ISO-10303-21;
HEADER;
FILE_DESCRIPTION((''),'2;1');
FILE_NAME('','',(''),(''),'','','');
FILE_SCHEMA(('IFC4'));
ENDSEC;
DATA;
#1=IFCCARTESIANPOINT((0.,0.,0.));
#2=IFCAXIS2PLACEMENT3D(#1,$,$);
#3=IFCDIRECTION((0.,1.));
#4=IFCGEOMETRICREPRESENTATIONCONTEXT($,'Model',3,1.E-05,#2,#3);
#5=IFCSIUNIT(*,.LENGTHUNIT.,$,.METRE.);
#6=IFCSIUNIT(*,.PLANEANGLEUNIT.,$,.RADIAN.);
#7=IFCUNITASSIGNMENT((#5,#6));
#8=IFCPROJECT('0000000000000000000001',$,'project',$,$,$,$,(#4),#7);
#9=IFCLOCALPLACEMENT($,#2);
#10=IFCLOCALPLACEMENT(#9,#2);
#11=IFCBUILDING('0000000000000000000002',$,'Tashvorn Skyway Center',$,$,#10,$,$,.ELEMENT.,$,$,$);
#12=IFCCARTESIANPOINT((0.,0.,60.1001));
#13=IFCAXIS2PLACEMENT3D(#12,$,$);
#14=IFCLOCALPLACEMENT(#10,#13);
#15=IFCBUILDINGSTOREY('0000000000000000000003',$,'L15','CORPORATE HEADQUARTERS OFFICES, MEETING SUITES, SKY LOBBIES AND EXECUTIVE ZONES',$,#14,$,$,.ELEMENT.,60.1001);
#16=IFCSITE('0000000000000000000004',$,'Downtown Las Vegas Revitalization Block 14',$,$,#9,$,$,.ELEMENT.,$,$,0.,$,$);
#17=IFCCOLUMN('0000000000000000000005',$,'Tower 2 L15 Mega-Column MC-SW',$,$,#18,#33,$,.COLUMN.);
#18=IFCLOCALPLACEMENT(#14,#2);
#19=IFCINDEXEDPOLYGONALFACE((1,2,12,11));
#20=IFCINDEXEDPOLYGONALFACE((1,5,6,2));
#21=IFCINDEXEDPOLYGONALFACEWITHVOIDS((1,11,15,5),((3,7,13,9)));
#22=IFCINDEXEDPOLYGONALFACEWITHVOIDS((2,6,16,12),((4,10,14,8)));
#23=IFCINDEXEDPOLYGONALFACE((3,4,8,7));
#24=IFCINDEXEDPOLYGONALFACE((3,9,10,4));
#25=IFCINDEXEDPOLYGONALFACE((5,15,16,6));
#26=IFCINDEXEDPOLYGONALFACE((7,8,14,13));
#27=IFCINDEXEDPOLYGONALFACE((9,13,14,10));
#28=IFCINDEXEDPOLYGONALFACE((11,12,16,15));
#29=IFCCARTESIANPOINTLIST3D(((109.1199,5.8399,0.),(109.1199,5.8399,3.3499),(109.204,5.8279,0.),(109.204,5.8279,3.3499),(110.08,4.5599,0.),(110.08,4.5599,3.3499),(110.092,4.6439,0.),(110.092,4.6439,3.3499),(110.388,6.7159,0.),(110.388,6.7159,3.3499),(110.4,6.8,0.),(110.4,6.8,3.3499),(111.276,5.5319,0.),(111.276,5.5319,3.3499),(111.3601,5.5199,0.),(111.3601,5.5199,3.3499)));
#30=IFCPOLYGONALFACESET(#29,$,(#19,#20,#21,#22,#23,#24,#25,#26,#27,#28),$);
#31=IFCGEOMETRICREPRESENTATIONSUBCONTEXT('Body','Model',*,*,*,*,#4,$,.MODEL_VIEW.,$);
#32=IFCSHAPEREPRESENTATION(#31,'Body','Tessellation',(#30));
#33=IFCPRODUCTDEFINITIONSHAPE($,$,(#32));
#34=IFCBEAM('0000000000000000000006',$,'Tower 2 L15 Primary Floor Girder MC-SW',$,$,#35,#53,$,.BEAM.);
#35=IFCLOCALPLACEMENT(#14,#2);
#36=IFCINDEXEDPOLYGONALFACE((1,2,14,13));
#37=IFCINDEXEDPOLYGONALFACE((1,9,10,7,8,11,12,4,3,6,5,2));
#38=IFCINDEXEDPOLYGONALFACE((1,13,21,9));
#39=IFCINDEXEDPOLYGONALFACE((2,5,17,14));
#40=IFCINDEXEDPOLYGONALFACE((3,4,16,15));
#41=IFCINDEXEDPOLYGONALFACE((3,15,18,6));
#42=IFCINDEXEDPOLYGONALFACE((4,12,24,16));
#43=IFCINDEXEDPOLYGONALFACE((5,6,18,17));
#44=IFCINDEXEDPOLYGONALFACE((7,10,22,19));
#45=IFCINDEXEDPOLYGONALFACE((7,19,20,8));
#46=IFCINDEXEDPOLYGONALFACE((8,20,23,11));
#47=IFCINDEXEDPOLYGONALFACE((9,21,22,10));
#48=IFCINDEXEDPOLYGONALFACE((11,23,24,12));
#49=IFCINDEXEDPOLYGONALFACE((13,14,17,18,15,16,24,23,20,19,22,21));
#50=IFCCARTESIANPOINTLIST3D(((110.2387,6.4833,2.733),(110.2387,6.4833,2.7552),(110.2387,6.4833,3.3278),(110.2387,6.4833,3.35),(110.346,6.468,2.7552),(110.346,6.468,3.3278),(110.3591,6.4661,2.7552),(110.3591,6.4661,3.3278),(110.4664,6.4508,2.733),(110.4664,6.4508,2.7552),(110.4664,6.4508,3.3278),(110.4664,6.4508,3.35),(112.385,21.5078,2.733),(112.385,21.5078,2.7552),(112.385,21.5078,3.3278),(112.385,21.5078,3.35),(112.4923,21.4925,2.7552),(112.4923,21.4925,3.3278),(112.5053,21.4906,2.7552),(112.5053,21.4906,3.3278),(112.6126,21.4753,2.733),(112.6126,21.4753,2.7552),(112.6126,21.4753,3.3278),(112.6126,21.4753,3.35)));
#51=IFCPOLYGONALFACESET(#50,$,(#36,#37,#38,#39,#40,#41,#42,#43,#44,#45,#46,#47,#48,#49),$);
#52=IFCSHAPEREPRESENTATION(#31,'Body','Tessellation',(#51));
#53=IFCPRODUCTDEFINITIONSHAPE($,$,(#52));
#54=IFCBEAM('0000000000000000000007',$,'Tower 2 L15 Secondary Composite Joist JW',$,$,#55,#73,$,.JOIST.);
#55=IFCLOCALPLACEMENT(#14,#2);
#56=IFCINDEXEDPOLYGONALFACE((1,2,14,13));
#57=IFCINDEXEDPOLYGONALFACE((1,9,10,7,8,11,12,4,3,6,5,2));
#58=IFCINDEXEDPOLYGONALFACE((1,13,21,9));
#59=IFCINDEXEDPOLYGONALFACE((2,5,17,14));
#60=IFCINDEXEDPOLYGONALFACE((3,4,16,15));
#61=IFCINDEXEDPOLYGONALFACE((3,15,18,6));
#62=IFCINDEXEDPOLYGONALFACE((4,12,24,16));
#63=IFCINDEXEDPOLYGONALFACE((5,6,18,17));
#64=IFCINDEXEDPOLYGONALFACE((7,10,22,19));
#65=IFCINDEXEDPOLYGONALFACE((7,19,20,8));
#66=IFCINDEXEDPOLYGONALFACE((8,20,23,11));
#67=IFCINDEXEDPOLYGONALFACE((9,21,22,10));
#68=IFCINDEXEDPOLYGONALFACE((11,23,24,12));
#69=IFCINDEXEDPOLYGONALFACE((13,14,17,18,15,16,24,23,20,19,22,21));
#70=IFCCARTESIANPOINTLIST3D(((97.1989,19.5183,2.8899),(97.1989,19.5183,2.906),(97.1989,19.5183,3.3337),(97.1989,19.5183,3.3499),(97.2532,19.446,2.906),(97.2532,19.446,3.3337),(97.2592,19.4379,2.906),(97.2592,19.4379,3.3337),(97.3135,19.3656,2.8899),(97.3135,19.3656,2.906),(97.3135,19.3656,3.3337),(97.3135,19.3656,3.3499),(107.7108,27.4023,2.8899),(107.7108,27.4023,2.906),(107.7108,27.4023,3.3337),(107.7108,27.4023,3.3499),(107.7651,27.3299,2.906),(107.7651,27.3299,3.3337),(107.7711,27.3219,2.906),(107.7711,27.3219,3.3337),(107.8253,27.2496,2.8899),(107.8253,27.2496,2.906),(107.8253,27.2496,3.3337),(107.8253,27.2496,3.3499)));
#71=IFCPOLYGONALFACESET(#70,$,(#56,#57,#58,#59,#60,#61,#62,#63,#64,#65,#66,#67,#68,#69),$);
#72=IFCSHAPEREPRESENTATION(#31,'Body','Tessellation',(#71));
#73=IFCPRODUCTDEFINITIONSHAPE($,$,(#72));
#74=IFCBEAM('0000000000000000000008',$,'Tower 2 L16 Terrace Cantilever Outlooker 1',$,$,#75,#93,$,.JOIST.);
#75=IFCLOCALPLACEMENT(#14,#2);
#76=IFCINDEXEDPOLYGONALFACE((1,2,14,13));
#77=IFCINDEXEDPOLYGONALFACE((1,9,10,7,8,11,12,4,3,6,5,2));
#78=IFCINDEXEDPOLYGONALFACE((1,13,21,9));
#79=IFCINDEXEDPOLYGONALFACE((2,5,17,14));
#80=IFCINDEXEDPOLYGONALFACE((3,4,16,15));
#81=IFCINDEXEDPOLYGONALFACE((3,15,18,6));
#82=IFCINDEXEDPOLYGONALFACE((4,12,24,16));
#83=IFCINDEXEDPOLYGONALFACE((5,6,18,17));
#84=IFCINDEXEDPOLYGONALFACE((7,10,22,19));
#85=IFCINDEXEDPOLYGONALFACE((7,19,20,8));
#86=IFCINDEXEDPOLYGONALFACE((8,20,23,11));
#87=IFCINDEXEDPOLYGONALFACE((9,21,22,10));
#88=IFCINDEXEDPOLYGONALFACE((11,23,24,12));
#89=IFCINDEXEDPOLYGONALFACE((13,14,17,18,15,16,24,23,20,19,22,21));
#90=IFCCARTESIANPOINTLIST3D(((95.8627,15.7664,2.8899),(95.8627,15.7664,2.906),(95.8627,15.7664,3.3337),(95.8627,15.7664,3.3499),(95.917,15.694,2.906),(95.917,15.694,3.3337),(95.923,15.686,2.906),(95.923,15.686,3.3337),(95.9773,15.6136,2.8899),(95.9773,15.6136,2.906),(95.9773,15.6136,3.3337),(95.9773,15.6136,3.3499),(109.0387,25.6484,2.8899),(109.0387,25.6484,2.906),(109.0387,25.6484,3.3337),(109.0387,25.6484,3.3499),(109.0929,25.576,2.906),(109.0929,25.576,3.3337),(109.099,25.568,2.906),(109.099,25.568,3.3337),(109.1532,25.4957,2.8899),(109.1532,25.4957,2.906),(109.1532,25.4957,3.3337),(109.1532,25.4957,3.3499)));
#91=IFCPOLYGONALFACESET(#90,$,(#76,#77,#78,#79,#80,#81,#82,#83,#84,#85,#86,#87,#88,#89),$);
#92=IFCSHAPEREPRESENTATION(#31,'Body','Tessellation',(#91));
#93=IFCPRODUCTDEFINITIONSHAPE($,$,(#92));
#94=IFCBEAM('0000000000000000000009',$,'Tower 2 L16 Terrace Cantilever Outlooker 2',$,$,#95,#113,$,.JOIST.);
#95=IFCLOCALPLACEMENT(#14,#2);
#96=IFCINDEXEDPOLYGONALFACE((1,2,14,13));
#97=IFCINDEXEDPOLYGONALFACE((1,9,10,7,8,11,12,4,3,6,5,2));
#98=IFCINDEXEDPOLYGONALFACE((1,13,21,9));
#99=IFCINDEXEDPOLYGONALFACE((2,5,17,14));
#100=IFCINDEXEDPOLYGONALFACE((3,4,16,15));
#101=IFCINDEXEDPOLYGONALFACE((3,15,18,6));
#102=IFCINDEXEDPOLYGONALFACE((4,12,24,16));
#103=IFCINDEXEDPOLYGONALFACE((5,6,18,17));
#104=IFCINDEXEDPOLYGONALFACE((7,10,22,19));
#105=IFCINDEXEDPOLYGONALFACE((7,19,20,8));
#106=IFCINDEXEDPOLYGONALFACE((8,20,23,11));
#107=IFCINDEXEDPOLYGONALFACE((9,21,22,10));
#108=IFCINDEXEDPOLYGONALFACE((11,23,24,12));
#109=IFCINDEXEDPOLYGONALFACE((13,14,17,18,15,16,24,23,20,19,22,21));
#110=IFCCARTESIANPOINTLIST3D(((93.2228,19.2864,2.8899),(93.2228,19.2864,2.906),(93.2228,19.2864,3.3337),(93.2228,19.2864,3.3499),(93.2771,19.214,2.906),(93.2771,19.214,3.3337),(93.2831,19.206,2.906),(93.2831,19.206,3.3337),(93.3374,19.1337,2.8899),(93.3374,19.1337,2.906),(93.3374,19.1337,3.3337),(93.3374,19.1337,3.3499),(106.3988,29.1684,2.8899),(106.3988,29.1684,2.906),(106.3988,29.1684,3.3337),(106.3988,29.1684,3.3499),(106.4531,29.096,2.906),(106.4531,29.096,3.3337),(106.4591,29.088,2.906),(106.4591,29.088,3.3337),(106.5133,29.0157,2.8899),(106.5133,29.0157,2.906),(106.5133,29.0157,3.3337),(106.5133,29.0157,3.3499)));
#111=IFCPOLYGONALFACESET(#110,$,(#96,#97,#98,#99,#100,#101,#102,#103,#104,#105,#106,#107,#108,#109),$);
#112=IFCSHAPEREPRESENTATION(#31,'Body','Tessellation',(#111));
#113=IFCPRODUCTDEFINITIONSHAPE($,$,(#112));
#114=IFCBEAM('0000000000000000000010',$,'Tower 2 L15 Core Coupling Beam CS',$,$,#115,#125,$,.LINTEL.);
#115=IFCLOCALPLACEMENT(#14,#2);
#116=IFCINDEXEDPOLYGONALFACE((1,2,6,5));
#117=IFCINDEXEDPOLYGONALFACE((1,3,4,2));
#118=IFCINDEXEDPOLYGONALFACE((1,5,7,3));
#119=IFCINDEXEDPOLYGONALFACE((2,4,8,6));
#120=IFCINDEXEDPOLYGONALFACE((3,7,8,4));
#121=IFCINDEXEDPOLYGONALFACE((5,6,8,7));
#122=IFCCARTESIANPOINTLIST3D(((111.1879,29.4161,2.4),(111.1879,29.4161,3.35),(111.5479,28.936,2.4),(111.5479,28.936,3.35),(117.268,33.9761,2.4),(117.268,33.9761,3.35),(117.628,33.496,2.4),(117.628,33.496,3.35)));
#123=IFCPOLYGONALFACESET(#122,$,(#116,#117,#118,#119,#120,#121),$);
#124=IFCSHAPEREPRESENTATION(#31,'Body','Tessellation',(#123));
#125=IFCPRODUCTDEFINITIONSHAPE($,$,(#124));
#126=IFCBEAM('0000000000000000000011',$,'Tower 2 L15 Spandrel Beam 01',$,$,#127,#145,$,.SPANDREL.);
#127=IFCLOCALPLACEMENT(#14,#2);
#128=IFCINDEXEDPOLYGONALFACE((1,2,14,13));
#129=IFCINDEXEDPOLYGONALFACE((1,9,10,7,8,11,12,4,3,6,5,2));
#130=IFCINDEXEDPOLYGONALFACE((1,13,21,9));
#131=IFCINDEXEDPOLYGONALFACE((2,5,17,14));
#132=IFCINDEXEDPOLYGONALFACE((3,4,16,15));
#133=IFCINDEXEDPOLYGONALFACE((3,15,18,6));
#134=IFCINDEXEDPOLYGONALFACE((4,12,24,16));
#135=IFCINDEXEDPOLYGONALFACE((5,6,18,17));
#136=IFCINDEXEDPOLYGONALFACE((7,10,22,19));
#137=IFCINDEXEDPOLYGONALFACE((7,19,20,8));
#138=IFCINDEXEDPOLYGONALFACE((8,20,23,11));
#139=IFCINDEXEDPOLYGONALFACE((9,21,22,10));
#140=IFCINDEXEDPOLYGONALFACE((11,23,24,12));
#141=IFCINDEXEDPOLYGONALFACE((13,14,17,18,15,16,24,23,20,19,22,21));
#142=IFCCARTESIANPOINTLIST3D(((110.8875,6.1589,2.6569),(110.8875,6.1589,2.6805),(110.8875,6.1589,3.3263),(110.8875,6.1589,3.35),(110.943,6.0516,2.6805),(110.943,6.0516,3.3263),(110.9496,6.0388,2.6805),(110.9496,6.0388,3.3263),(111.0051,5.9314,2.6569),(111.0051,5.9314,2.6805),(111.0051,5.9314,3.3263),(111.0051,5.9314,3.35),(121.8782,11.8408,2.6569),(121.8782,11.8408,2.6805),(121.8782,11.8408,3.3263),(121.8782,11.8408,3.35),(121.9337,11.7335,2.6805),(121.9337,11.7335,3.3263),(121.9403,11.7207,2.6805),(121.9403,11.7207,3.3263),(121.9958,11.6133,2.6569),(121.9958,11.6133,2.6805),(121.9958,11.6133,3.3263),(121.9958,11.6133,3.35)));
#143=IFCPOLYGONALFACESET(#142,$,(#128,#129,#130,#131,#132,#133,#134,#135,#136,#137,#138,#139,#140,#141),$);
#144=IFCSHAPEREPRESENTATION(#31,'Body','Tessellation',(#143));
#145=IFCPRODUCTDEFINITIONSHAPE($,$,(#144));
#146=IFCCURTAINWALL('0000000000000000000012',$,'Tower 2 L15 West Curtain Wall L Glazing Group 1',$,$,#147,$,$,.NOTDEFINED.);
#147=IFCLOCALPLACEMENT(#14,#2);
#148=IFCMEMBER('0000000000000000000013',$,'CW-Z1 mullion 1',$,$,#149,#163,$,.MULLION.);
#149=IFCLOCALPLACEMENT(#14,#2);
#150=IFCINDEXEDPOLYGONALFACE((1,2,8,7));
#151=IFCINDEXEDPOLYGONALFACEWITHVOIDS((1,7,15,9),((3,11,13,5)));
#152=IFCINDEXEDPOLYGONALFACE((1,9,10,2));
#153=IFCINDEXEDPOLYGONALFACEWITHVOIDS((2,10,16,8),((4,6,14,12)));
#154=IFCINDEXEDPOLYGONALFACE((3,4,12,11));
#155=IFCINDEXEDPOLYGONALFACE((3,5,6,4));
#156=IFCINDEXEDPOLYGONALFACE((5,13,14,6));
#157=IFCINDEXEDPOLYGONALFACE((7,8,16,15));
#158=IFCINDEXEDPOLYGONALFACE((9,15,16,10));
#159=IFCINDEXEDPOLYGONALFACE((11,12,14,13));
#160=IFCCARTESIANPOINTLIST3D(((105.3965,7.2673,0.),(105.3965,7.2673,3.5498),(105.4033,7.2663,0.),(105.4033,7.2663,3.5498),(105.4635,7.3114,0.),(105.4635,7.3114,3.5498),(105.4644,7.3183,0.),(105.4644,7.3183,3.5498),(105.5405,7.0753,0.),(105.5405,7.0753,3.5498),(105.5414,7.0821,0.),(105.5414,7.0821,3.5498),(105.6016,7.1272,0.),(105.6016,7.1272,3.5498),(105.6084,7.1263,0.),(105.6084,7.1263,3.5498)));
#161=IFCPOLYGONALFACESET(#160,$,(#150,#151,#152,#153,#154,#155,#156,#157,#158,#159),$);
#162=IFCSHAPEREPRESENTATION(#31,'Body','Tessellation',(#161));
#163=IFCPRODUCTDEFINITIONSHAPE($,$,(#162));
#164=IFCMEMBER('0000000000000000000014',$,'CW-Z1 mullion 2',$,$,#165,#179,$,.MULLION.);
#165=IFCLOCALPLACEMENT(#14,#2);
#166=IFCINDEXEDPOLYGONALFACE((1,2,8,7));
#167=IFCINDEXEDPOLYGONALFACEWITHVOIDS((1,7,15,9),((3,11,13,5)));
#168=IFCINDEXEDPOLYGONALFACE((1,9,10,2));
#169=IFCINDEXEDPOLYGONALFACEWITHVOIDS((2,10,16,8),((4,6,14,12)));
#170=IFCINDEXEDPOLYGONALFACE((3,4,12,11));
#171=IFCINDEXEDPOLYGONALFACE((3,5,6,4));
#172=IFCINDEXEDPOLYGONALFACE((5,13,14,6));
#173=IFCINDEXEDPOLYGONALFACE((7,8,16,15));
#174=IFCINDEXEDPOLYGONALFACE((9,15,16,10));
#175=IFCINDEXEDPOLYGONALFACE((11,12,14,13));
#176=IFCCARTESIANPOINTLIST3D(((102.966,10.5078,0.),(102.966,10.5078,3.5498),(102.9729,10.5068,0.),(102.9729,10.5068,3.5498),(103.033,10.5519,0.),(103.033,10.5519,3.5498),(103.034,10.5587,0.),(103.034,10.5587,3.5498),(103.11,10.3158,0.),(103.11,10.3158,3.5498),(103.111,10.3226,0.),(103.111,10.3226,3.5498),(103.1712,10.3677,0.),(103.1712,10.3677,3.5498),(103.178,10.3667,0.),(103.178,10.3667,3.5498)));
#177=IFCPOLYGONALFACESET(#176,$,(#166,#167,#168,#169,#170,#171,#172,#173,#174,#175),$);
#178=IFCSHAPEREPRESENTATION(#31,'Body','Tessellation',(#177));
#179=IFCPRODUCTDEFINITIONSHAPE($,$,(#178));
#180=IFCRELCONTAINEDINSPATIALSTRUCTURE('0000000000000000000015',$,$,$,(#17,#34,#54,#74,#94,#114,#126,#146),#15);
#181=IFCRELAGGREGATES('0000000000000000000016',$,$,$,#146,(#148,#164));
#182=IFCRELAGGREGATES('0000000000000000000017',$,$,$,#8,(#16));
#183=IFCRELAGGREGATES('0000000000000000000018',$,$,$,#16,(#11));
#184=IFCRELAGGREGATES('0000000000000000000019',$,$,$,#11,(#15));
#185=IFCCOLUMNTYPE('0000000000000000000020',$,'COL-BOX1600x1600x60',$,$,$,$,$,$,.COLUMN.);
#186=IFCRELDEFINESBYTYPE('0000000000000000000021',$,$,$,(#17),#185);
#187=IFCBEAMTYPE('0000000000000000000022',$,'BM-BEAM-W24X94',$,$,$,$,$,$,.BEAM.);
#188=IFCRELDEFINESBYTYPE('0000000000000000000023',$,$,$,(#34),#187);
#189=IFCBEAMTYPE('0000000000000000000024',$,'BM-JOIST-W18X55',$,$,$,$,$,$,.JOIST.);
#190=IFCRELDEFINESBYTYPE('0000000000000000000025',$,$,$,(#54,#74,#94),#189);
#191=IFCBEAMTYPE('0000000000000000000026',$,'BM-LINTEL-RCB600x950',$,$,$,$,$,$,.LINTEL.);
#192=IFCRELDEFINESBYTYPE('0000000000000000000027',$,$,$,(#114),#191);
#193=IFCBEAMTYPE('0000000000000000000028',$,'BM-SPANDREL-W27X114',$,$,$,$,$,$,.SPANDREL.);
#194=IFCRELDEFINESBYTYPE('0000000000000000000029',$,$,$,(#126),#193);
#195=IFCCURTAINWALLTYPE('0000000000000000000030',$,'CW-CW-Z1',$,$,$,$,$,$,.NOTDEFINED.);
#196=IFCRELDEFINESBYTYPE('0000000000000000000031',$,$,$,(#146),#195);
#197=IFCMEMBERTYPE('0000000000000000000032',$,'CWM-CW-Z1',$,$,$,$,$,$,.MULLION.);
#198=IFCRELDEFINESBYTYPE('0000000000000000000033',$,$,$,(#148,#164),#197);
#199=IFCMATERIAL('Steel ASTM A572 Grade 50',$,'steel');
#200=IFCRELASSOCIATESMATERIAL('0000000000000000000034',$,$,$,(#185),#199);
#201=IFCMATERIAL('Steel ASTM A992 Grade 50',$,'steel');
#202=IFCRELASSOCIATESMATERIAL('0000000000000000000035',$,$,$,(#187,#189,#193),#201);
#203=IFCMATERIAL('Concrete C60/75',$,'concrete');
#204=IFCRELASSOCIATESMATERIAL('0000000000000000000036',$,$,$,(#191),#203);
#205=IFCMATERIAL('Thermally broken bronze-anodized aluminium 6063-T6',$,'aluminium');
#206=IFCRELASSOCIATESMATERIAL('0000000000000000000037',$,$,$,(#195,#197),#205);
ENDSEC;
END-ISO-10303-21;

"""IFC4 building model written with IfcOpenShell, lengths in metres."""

from ifc_helpers import new_model, si_unit, direction, frame, origin, origin_2d, place, context, subcontext, project, spatial, rectangle, hollow_rectangle, i_section, extrude, material, material_profile, profile_set, type_object, element, aggregate, save


model = new_model("IFC4")

# Units and contexts
model_context = context("Model", 3, precision=1e-05, world=origin(), true_north=direction((0.0, 1.0)))
body_context = subcontext(model_context, "Body", "Model", "MODEL_VIEW")
ifc_project = project(units=[si_unit("LENGTHUNIT", "METRE"), si_unit("PLANEANGLEUNIT", "RADIAN")], contexts=[model_context])

# Site, building, storey
site_placement = place(None, origin())
site = spatial("IfcSite", under=ifc_project, at=site_placement, Name="Downtown Las Vegas Revitalization Block 14", CompositionType="ELEMENT", RefElevation=0.0)
building_placement = place(site_placement, origin())
building = spatial("IfcBuilding", under=site, at=building_placement, Name="Tashvorn Skyway Center", CompositionType="ELEMENT")
storey_placement = place(building_placement, frame((0.0, 0.0, 60.1001)))
storey = spatial("IfcBuildingStorey", under=building, at=storey_placement, Name="L15", Description="CORPORATE HEADQUARTERS OFFICES, MEETING SUITES, SKY LOBBIES AND EXECUTIVE ZONES", CompositionType="ELEMENT", Elevation=60.1001)

# Column
ifc_material_1 = material(Name="Steel ASTM A572 Grade 50", Category="steel")
ifc_material_profile_1 = material_profile(ifc_material_1, hollow_rectangle(XDim=1.6001, YDim=1.6001, WallThickness=0.0601, at=origin_2d()), Name="BOX1600x1600x60")
ifc_profile_set_1 = profile_set([ifc_material_profile_1], Name="Steel ASTM A572 Grade 50")
column_type = type_object("IfcColumnType", Name="COL-BOX1600x1600x60", PredefinedType="COLUMN", material=ifc_profile_set_1)
column_placement = place(storey_placement, frame((110.24, 5.6799, 0.0), z_axis=(0.0, 0.0, 1.0), x_axis=(0.8, 0.6, 0.0)))
element("IfcColumn", 1, at=column_placement, inside=storey, type_object=column_type, Name="Tower 2 L15 Mega-Column MC-SW", PredefinedType="COLUMN", context=body_context, shape_type="SweptSolid", body=[
    extrude(hollow_rectangle(XDim=1.6001, YDim=1.6001, WallThickness=0.0601, at=origin_2d()), origin(), (0.0, 0.0, 1.0), 3.3499),
])

# Beams
ifc_material_2 = material(Name="Steel ASTM A992 Grade 50", Category="steel")
ifc_material_profile_2 = material_profile(ifc_material_2, i_section(OverallWidth=0.23, OverallDepth=0.6169, WebThickness=0.0132, FlangeThickness=0.0222, at=origin_2d()), Name="W24X94")
ifc_profile_set_2 = profile_set([ifc_material_profile_2], Name="Steel ASTM A992 Grade 50")
beam_type_1 = type_object("IfcBeamType", Name="BM-BEAM-W24X94", PredefinedType="BEAM", material=ifc_profile_set_2)
beam_1_placement = place(storey_placement, frame((110.3525, 6.467, 3.0415), z_axis=(0.141415, 0.98995, 0.0), x_axis=(-0.98995, 0.141415, 0.0)))
element("IfcBeam", 2, at=beam_1_placement, inside=storey, type_object=beam_type_1, Name="Tower 2 L15 Primary Floor Girder MC-SW", PredefinedType="BEAM", context=body_context, shape_type="SweptSolid", body=[
    extrude(i_section(OverallWidth=0.23, OverallDepth=0.6169, WebThickness=0.0132, FlangeThickness=0.0222, at=origin_2d()), origin(), (0.0, 0.0, 1.0), 15.177),
])
ifc_material_profile_3 = material_profile(ifc_material_2, i_section(OverallWidth=0.1909, OverallDepth=0.46, WebThickness=0.01, FlangeThickness=0.0161, at=origin_2d()), Name="W18X55")
ifc_profile_set_3 = profile_set([ifc_material_profile_3], Name="Steel ASTM A992 Grade 50")
beam_type_2 = type_object("IfcBeamType", Name="BM-JOIST-W18X55", PredefinedType="JOIST", material=ifc_profile_set_3)
beam_2_placement = place(storey_placement, frame((107.7681, 27.3259, 3.1199), z_axis=(-0.799998, -0.600003, 0.0), x_axis=(0.600003, -0.799998, 0.0)))
element("IfcBeam", 3, at=beam_2_placement, inside=storey, type_object=beam_type_2, Name="Tower 2 L15 Secondary Composite Joist JW", PredefinedType="JOIST", context=body_context, shape_type="SweptSolid", body=[
    extrude(i_section(OverallWidth=0.1909, OverallDepth=0.46, WebThickness=0.01, FlangeThickness=0.0161, at=origin_2d()), origin(), (0.0, 0.0, 1.0), 13.1399),
])
for number, where, z_axis, x_axis, name in (
    (4, (109.0959, 25.572, 3.1199), (-0.799998, -0.600002, 0.0), (0.600002, -0.799998, 0.0), "Tower 2 L16 Terrace Cantilever Outlooker 1"),
    (5, (106.4561, 29.092, 3.1199), (-0.799998, -0.600002, 0.0), (0.600002, -0.799998, 0.0), "Tower 2 L16 Terrace Cantilever Outlooker 2"),
):
    element("IfcBeam", number, at=place(storey_placement, frame(where, z_axis=z_axis, x_axis=x_axis)), inside=storey, type_object=beam_type_2, Name=name, PredefinedType="JOIST", context=body_context, shape_type="SweptSolid", body=[
        extrude(i_section(OverallWidth=0.1909, OverallDepth=0.46, WebThickness=0.01, FlangeThickness=0.0161, at=origin_2d()), origin(), (0.0, 0.0, 1.0), 16.47),
    ])
ifc_material_3 = material(Name="Concrete C60/75", Category="concrete")
ifc_material_profile_4 = material_profile(ifc_material_3, rectangle(XDim=0.6001, YDim=0.95, at=origin_2d()), Name="RCB600x950")
ifc_profile_set_4 = profile_set([ifc_material_profile_4], Name="Concrete C60/75")
beam_type_3 = type_object("IfcBeamType", Name="BM-LINTEL-RCB600x950", PredefinedType="LINTEL", material=ifc_profile_set_4)
beam_3_placement = place(storey_placement, frame((111.3679, 29.176, 2.875), z_axis=(0.8, 0.6, 0.0), x_axis=(-0.6, 0.8, 0.0)))
element("IfcBeam", 6, at=beam_3_placement, inside=storey, type_object=beam_type_3, Name="Tower 2 L15 Core Coupling Beam CS", PredefinedType="LINTEL", context=body_context, shape_type="SweptSolid", body=[
    extrude(rectangle(XDim=0.6001, YDim=0.95, at=origin_2d()), origin(), (0.0, 0.0, 1.0), 7.6001),
])
ifc_material_profile_5 = material_profile(ifc_material_2, i_section(OverallWidth=0.2561, OverallDepth=0.6931, WebThickness=0.0144, FlangeThickness=0.0237, at=origin_2d()), Name="W27X114")
ifc_profile_set_5 = profile_set([ifc_material_profile_5], Name="Steel ASTM A992 Grade 50")
beam_type_4 = type_object("IfcBeamType", Name="BM-SPANDREL-W27X114", PredefinedType="SPANDREL", material=ifc_profile_set_5)
beam_4_placement = place(storey_placement, frame((110.9463, 6.0452, 3.0034), z_axis=(0.888316, 0.459233, 0.0), x_axis=(-0.459233, 0.888316, 0.0)))
element("IfcBeam", 7, at=beam_4_placement, inside=storey, type_object=beam_type_4, Name="Tower 2 L15 Spandrel Beam 01", PredefinedType="SPANDREL", context=body_context, shape_type="SweptSolid", body=[
    extrude(i_section(OverallWidth=0.2561, OverallDepth=0.6931, WebThickness=0.0144, FlangeThickness=0.0237, at=origin_2d()), origin(), (0.0, 0.0, 1.0), 12.3726),
])

# Curtain wall, members
ifc_material_4 = material(Name="Thermally broken bronze-anodized aluminium 6063-T6", Category="aluminium")
curtain_wall_type = type_object("IfcCurtainWallType", Name="CW-CW-Z1", PredefinedType="NOTDEFINED", material=ifc_material_4)
curtain_wall_placement = place(storey_placement, origin())
curtain_wall = element("IfcCurtainWall", 8, at=curtain_wall_placement, inside=storey, type_object=curtain_wall_type, Name="Tower 2 L15 West Curtain Wall L Glazing Group 1", PredefinedType="NOTDEFINED")
ifc_material_profile_6 = material_profile(ifc_material_4, hollow_rectangle(XDim=0.085, YDim=0.24, WallThickness=0.0049, at=origin_2d()), Name="ALU-MULL-85x240")
ifc_profile_set_6 = profile_set([ifc_material_profile_6], Name="Thermally broken bronze-anodized aluminium 6063-T6")
member_type_1 = type_object("IfcMemberType", Name="CWM-CW-Z1", PredefinedType="MULLION", material=ifc_profile_set_6)
member_1_placement = place(storey_placement, frame((105.5024, 7.1968, 0.0), z_axis=(0.0, 0.0, 1.0), x_axis=(-0.799999, -0.600002, 0.0)))
member_1 = element("IfcMember", 9, at=member_1_placement, type_object=member_type_1, Name="CW-Z1 mullion 1", PredefinedType="MULLION", context=body_context, shape_type="SweptSolid", body=[
    extrude(hollow_rectangle(XDim=0.085, YDim=0.24, WallThickness=0.0049, at=origin_2d()), origin(), (0.0, 0.0, 1.0), 3.5498),
])
member_2_placement = place(storey_placement, frame((103.072, 10.4373, 0.0), z_axis=(0.0, 0.0, 1.0), x_axis=(-0.799999, -0.600002, 0.0)))
member_2 = element("IfcMember", 10, at=member_2_placement, type_object=member_type_1, Name="CW-Z1 mullion 2", PredefinedType="MULLION", context=body_context, shape_type="SweptSolid", body=[
    extrude(hollow_rectangle(XDim=0.085, YDim=0.24, WallThickness=0.0049, at=origin_2d()), origin(), (0.0, 0.0, 1.0), 3.5498),
])
aggregate(curtain_wall, [member_1, member_2])

save(model, "model.ifc")
